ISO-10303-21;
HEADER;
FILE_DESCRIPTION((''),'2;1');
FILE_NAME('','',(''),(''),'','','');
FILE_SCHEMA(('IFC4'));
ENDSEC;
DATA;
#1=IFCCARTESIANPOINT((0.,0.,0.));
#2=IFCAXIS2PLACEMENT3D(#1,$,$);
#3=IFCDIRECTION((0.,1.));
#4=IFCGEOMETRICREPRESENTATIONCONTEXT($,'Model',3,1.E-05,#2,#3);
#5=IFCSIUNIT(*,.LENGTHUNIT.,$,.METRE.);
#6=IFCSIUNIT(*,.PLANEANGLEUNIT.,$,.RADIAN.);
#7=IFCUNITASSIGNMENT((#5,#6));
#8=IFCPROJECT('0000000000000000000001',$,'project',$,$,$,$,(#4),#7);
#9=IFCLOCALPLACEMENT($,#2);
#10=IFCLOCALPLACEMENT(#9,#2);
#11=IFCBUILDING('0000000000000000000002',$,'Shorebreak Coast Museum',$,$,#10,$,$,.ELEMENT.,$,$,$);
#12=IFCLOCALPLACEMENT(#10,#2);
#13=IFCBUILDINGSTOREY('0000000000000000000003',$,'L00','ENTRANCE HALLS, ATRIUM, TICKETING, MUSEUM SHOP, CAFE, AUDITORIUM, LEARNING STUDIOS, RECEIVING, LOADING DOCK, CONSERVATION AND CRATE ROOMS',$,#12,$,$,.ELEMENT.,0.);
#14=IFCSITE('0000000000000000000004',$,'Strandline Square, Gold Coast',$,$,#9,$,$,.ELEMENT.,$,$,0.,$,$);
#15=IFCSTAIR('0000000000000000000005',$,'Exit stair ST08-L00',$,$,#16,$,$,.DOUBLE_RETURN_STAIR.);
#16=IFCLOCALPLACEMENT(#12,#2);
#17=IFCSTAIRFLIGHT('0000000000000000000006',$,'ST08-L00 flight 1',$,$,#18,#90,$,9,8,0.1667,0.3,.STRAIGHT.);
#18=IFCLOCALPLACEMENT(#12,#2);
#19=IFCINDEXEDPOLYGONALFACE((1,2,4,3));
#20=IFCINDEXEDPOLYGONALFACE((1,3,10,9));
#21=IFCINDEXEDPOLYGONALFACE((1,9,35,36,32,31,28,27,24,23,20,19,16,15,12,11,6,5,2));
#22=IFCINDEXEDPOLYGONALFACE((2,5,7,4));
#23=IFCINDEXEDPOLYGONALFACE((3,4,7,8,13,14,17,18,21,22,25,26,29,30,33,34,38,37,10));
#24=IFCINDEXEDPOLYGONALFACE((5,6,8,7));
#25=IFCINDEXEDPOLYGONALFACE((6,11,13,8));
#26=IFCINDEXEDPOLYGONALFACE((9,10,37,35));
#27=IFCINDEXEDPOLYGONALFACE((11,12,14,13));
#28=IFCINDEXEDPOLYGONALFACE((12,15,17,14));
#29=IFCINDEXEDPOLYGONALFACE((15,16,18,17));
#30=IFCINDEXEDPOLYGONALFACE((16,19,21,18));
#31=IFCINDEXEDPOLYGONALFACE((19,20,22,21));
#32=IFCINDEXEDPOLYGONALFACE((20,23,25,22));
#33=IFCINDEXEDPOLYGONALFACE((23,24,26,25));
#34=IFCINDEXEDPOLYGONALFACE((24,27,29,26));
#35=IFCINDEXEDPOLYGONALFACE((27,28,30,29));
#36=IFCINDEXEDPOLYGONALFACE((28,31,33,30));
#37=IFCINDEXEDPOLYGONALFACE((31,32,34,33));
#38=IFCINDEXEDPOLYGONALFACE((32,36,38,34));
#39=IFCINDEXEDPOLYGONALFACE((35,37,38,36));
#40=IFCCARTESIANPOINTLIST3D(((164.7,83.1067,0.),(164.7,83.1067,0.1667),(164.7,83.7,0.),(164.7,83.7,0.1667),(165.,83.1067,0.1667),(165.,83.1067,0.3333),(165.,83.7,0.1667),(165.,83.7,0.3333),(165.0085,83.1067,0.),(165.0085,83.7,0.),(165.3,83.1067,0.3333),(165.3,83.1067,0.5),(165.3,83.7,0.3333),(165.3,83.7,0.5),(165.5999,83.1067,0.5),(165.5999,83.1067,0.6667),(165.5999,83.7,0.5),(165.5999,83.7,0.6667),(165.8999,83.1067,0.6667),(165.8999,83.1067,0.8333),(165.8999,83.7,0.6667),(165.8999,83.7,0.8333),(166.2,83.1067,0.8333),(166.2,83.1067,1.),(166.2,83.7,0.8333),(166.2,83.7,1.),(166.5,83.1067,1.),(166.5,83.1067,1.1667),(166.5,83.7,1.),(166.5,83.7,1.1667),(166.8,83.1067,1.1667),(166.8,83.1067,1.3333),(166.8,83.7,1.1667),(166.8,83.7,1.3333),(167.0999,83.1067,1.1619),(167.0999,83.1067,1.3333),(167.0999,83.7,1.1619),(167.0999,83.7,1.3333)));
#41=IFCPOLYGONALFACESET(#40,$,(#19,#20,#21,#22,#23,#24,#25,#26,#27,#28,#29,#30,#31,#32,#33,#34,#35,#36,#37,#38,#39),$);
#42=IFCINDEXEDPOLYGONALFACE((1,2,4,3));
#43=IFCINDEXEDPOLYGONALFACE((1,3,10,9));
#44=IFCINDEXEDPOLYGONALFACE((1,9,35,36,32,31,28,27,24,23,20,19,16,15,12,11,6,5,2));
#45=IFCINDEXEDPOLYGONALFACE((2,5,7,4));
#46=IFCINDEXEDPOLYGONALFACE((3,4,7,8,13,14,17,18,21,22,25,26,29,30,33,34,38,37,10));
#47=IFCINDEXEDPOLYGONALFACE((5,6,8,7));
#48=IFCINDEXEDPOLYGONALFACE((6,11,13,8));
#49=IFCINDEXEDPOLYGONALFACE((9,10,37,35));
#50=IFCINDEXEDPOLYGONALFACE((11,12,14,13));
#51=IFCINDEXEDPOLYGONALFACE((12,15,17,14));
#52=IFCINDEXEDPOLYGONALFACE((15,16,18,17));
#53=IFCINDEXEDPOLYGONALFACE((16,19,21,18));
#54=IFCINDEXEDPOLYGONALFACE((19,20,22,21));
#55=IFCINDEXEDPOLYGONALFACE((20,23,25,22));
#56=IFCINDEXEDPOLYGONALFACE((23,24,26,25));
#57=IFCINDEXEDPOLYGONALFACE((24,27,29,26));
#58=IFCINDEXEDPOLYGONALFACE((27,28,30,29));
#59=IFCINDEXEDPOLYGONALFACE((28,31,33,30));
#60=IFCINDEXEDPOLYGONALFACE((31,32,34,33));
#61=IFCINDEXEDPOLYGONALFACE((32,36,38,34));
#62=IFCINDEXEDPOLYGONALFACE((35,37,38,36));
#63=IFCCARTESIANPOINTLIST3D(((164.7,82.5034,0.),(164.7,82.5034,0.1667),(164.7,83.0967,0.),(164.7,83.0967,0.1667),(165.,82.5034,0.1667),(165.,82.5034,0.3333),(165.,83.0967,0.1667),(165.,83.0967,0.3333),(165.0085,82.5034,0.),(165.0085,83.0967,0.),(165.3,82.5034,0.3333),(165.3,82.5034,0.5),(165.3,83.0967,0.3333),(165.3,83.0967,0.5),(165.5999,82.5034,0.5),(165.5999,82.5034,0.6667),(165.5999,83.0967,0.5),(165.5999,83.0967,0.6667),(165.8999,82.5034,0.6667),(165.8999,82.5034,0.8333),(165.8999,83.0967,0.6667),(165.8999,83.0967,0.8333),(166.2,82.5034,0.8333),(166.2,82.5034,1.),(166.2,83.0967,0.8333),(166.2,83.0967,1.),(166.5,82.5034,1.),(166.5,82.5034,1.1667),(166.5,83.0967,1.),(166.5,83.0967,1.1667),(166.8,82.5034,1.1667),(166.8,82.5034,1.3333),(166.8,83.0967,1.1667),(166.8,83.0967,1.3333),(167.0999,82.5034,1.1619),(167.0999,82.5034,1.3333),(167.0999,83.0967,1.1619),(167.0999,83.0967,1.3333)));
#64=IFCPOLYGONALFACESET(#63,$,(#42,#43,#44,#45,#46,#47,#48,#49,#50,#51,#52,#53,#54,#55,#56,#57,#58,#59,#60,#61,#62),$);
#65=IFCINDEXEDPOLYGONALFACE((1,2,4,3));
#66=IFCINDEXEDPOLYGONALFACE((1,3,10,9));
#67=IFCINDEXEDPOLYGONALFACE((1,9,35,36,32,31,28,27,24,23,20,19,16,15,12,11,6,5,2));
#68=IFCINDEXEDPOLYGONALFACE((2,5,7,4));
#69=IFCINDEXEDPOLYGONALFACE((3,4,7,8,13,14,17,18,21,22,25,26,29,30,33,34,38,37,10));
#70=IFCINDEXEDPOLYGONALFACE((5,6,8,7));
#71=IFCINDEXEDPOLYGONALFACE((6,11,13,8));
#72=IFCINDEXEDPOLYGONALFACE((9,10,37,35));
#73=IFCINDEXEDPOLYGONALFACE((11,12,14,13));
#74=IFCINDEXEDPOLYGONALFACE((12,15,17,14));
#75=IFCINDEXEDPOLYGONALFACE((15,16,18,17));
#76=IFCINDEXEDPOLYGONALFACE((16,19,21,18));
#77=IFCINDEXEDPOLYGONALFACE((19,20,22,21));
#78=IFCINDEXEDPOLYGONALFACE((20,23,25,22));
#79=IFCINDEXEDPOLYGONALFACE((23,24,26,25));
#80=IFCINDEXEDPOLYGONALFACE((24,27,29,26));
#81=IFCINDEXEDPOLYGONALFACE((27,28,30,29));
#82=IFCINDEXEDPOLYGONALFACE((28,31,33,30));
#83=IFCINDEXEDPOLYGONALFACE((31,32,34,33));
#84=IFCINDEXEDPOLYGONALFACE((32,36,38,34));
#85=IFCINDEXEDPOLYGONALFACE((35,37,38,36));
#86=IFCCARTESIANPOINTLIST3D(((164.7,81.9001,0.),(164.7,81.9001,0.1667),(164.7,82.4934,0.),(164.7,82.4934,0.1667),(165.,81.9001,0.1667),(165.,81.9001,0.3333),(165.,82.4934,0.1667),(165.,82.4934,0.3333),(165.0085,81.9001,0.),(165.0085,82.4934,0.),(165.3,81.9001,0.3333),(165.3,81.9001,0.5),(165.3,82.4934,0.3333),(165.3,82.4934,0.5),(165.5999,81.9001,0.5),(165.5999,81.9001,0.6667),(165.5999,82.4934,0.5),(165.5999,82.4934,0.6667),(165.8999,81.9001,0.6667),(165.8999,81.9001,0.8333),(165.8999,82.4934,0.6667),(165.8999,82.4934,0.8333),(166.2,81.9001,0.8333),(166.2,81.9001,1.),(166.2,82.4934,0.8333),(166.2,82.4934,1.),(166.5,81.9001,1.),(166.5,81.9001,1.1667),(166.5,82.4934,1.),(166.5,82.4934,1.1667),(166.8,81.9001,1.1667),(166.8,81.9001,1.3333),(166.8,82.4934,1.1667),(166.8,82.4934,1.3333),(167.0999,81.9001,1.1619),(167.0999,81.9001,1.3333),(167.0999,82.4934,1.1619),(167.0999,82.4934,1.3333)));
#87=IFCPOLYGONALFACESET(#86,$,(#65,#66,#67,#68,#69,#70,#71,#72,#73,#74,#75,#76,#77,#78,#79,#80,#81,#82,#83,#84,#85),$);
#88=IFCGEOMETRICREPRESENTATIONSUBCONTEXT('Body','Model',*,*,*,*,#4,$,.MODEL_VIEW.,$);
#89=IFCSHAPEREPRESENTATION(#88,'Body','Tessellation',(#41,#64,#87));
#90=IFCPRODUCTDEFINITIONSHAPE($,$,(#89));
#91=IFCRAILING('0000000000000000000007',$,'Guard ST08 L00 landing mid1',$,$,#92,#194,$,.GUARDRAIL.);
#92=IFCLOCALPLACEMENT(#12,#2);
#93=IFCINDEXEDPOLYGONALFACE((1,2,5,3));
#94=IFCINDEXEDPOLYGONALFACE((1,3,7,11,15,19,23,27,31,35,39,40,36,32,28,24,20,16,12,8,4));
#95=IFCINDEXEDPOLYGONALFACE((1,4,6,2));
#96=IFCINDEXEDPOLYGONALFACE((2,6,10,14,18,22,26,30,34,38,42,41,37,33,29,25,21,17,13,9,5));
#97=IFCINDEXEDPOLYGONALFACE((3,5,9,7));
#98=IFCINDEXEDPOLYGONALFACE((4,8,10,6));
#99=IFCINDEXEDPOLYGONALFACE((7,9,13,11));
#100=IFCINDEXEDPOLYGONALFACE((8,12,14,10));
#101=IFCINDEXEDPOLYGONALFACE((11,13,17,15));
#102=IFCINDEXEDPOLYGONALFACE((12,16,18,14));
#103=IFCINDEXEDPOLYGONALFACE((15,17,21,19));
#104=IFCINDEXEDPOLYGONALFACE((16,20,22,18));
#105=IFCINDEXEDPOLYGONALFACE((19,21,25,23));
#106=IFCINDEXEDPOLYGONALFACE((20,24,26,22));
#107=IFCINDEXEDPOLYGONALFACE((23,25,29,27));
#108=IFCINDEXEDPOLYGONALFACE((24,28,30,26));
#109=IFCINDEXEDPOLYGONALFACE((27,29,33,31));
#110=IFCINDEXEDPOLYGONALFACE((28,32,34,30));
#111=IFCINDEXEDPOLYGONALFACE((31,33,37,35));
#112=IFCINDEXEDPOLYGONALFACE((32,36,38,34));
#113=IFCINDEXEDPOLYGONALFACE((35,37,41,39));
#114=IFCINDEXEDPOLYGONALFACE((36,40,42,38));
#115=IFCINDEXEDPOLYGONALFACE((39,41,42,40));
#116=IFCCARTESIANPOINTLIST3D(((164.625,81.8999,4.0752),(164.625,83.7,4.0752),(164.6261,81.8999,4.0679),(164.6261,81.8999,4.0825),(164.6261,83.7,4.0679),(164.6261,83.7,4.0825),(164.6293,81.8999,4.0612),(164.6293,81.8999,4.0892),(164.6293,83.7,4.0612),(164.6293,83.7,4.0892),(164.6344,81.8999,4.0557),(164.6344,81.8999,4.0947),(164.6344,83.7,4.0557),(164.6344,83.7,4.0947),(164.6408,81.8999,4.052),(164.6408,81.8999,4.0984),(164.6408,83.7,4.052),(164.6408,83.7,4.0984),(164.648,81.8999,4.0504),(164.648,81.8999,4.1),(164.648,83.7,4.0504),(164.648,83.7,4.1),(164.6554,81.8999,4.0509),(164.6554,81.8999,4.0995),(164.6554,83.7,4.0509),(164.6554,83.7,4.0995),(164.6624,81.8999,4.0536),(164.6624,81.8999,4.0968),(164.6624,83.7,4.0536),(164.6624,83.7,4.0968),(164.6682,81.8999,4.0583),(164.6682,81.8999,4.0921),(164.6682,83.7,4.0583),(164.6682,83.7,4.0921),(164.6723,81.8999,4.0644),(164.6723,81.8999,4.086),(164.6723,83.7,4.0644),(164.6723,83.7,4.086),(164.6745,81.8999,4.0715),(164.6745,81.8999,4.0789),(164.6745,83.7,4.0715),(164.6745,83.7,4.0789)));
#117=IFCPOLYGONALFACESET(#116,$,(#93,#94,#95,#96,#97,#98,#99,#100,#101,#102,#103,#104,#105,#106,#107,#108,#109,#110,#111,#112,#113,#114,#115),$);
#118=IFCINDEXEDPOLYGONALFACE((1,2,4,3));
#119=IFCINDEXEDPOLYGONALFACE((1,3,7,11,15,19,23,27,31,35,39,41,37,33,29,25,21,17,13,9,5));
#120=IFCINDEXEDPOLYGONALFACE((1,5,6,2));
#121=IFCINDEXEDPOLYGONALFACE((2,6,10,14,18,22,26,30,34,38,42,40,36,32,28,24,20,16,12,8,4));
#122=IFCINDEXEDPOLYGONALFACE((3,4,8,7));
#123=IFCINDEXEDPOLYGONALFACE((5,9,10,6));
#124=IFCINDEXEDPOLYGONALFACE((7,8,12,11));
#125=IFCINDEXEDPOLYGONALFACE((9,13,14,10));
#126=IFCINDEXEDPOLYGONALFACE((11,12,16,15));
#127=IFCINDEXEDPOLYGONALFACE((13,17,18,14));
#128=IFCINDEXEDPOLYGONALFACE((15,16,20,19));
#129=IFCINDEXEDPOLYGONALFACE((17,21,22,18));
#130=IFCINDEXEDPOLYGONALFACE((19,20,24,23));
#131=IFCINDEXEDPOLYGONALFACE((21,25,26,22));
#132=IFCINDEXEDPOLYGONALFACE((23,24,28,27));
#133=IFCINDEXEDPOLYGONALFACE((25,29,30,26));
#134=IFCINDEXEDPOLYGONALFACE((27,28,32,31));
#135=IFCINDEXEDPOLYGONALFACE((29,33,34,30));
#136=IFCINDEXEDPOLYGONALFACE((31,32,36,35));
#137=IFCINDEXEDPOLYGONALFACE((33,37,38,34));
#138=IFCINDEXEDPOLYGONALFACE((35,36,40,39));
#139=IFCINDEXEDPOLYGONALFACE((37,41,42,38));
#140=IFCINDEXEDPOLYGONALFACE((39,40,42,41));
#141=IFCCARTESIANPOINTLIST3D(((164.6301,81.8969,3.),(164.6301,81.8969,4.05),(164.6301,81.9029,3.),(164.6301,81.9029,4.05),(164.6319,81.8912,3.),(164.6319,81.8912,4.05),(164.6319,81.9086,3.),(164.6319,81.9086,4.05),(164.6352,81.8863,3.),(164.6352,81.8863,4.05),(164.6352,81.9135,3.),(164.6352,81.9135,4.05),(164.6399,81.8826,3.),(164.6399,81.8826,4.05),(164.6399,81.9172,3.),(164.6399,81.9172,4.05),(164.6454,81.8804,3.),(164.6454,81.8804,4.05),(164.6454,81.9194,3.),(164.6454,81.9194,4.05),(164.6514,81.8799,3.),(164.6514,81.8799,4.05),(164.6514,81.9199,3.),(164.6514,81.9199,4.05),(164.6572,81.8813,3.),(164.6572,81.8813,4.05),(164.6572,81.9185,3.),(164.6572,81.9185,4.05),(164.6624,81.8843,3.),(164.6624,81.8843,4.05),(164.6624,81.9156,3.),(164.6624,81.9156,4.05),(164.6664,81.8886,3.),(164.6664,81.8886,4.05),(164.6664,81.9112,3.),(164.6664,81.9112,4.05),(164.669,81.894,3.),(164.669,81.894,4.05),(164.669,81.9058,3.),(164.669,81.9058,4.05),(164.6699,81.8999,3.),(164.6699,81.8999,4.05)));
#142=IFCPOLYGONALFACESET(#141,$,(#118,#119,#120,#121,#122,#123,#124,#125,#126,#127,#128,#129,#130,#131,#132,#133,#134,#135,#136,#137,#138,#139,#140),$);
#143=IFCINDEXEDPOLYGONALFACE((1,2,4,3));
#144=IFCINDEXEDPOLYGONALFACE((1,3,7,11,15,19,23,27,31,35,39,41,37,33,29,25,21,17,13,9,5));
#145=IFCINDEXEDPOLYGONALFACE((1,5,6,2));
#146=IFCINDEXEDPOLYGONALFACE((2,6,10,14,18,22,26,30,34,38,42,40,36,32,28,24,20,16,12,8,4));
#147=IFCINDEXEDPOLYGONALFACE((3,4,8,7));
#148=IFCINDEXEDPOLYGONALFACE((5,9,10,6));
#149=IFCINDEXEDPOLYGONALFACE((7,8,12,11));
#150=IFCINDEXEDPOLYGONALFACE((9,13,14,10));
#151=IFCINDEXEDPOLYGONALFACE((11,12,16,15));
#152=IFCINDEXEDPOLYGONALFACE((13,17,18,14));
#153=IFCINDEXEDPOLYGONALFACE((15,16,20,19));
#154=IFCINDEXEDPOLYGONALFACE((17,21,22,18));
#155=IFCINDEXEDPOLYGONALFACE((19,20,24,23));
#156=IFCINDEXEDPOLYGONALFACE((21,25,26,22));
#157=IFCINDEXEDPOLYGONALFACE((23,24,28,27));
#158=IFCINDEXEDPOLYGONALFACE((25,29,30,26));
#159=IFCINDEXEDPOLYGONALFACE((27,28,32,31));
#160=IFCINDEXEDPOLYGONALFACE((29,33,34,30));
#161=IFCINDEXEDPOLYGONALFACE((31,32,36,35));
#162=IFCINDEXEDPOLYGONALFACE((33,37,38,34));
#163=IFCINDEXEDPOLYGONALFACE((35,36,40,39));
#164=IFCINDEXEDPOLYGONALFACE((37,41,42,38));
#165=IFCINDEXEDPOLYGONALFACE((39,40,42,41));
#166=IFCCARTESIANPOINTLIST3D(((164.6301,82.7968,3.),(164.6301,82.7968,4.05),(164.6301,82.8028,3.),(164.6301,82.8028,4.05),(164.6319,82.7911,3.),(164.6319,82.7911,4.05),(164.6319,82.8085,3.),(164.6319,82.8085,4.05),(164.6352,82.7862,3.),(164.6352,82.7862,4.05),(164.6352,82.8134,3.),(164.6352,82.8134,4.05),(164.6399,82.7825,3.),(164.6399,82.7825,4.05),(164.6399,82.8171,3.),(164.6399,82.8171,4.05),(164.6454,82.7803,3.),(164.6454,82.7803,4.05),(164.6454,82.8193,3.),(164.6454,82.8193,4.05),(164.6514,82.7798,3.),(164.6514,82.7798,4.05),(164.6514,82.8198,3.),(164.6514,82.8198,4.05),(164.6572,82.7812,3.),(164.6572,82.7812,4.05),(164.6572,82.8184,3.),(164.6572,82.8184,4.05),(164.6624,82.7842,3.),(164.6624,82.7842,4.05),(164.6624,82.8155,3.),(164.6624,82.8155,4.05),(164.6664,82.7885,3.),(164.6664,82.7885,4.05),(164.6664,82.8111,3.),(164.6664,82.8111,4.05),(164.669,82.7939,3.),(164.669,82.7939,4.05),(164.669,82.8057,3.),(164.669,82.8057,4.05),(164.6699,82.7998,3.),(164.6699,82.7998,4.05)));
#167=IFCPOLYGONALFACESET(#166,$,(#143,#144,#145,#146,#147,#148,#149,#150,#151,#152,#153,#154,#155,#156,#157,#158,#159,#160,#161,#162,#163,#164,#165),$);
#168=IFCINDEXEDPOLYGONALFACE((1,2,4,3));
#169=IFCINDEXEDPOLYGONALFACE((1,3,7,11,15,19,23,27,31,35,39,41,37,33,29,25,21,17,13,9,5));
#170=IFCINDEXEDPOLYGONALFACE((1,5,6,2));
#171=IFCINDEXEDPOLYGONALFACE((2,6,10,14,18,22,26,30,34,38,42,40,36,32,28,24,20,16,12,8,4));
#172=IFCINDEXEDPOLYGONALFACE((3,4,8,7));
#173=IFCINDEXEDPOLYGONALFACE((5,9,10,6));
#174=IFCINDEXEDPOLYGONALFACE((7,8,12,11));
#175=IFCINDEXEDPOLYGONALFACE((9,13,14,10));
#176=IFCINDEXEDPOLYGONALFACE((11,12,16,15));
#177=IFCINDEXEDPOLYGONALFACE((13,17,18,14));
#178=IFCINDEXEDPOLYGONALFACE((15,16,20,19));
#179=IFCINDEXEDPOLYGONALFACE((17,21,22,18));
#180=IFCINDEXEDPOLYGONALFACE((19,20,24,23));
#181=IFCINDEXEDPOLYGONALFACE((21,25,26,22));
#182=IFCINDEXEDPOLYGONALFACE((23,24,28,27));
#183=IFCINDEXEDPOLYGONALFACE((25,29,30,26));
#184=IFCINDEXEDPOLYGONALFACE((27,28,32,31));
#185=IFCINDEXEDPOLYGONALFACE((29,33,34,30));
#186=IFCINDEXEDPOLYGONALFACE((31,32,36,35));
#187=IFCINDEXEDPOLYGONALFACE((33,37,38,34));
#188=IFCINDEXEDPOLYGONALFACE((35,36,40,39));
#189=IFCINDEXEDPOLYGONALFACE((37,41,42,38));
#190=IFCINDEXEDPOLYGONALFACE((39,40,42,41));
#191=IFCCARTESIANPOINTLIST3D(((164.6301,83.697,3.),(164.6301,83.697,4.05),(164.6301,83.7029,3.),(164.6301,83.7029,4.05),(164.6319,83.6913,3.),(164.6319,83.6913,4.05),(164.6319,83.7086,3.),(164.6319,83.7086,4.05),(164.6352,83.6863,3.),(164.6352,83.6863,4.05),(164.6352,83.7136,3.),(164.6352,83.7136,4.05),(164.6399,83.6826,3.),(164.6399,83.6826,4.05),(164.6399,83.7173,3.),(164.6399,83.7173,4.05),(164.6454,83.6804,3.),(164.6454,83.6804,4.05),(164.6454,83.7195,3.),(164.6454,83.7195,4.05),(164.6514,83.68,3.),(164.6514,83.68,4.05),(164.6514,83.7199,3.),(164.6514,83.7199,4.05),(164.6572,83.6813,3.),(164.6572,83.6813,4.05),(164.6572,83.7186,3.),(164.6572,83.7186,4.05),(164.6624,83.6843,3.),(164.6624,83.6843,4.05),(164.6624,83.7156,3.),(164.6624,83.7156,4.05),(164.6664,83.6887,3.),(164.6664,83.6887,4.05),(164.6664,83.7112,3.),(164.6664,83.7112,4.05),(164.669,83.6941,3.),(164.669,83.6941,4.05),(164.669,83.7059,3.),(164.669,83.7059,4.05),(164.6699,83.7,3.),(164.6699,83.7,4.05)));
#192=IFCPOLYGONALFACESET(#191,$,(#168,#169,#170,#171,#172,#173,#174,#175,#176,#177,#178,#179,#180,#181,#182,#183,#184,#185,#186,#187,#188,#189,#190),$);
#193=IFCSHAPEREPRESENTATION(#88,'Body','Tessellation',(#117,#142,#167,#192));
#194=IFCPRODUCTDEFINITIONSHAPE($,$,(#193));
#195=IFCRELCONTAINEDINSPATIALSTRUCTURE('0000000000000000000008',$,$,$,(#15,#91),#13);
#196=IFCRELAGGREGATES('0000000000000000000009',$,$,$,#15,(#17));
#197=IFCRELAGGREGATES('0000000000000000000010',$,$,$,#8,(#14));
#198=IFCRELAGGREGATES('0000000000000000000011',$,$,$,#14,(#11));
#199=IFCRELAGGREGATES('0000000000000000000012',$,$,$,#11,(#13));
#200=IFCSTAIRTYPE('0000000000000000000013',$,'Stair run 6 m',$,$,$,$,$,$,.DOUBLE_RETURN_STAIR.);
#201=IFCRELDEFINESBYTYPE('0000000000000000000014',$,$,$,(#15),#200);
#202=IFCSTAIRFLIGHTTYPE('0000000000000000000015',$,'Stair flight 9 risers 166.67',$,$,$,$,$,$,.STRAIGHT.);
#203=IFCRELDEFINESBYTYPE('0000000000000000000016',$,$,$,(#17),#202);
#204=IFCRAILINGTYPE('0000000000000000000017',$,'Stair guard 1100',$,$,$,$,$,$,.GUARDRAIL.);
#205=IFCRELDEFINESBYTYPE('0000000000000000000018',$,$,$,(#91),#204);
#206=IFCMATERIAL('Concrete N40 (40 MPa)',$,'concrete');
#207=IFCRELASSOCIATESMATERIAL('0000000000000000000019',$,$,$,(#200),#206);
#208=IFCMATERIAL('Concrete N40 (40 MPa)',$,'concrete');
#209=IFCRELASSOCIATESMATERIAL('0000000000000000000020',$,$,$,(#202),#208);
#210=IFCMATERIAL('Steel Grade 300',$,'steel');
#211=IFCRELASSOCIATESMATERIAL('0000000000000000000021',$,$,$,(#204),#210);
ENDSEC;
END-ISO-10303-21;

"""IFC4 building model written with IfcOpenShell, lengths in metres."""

from ifc_helpers import new_model, si_unit, direction, frame, origin, origin_2d, place, context, subcontext, project, spatial, polyline, circle, outline, extrude, material, type_object, element, aggregate, save


model = new_model("IFC4")

# Units and contexts
model_context = context("Model", 3, precision=1e-05, world=origin(), true_north=direction((0.0, 1.0)))
body_context = subcontext(model_context, "Body", "Model", "MODEL_VIEW")
ifc_project = project(units=[si_unit("LENGTHUNIT", "METRE"), si_unit("PLANEANGLEUNIT", "RADIAN")], contexts=[model_context])

# Site, building, storey
site_placement = place(None, origin())
site = spatial("IfcSite", under=ifc_project, at=site_placement, Name="Strandline Square, Gold Coast", CompositionType="ELEMENT", RefElevation=0.0)
building_placement = place(site_placement, origin())
building = spatial("IfcBuilding", under=site, at=building_placement, Name="Shorebreak Coast Museum", CompositionType="ELEMENT")
storey_placement = place(building_placement, origin())
storey = spatial("IfcBuildingStorey", under=building, at=storey_placement, Name="L00", Description="ENTRANCE HALLS, ATRIUM, TICKETING, MUSEUM SHOP, CAFE, AUDITORIUM, LEARNING STUDIOS, RECEIVING, LOADING DOCK, CONSERVATION AND CRATE ROOMS", CompositionType="ELEMENT", Elevation=0.0)

# Stair, stair flight
ifc_material_1 = material(Name="Concrete N40 (40 MPa)", Category="concrete")
stair_type = type_object("IfcStairType", Name="Stair run 6 m", PredefinedType="DOUBLE_RETURN_STAIR", material=ifc_material_1)
stair_placement = place(storey_placement, origin())
stair = element("IfcStair", 1, at=stair_placement, inside=storey, type_object=stair_type, Name="Exit stair ST08-L00", PredefinedType="DOUBLE_RETURN_STAIR")
ifc_material_2 = material(Name="Concrete N40 (40 MPa)", Category="concrete")
stair_flight_type = type_object("IfcStairFlightType", Name="Stair flight 9 risers 166.67", PredefinedType="STRAIGHT", material=ifc_material_2)
stair_flight_placement = place(storey_placement, frame((164.7, 82.8, 0.0), z_axis=(0.0, 0.0, 1.0), x_axis=(1.0, 0.0, 0.0)))
stair_flight = element("IfcStairFlight", 2, at=stair_flight_placement, type_object=stair_flight_type, Name="ST08-L00 flight 1", NumberOfRisers=9, NumberOfTreads=8, PredefinedType="STRAIGHT", RiserHeight=0.1667, TreadLength=0.3, context=body_context, shape_type="SweptSolid", body=[
    extrude(outline(polyline([(0.0, 0.0), (0.0, 0.1667), (0.3, 0.1667), (0.3, 0.3333), (0.6001, 0.3333), (0.6001, 0.5), (0.8999, 0.5), (0.8999, 0.6667), (1.2, 0.6667), (1.2, 0.8333), (1.5, 0.8333), (1.5, 1.0), (1.8, 1.0), (1.8, 1.1667), (2.1001, 1.1667), (2.1001, 1.3333), (2.3999, 1.3333), (2.3999, 1.5), (2.3999, 1.1619), (0.3086, 0.0), (0.0, 0.0)])), frame((0.0, 0.8999, 0.0), z_axis=(0.0, -1.0, 0.0), x_axis=(1.0, 0.0, 0.0)), (0.0, 0.0, 1.0), 0.5933),
    extrude(outline(polyline([(0.0, 0.0), (0.0, 0.1667), (0.3, 0.1667), (0.3, 0.3333), (0.6001, 0.3333), (0.6001, 0.5), (0.8999, 0.5), (0.8999, 0.6667), (1.2, 0.6667), (1.2, 0.8333), (1.5, 0.8333), (1.5, 1.0), (1.8, 1.0), (1.8, 1.1667), (2.1001, 1.1667), (2.1001, 1.3333), (2.3999, 1.3333), (2.3999, 1.5), (2.3999, 1.1619), (0.3086, 0.0), (0.0, 0.0)])), frame((0.0, 0.2966, 0.0), z_axis=(0.0, -1.0, 0.0), x_axis=(1.0, 0.0, 0.0)), (0.0, 0.0, 1.0), 0.5933),
    extrude(outline(polyline([(0.0, 0.0), (0.0, 0.1667), (0.3, 0.1667), (0.3, 0.3333), (0.6001, 0.3333), (0.6001, 0.5), (0.8999, 0.5), (0.8999, 0.6667), (1.2, 0.6667), (1.2, 0.8333), (1.5, 0.8333), (1.5, 1.0), (1.8, 1.0), (1.8, 1.1667), (2.1001, 1.1667), (2.1001, 1.3333), (2.3999, 1.3333), (2.3999, 1.5), (2.3999, 1.1619), (0.3086, 0.0), (0.0, 0.0)])), frame((0.0, -0.3066, 0.0), z_axis=(0.0, -1.0, 0.0), x_axis=(1.0, 0.0, 0.0)), (0.0, 0.0, 1.0), 0.5933),
])
aggregate(stair, [stair_flight])

# Railing
ifc_material_3 = material(Name="Steel Grade 300", Category="steel")
railing_type_1 = type_object("IfcRailingType", Name="Stair guard 1100", PredefinedType="GUARDRAIL", material=ifc_material_3)
for number, where, name in (
    (3, (164.6499, 81.8999, 3.0), "Guard ST08 L00 landing mid1"),
):
    element("IfcRailing", number, at=place(storey_placement, frame(where)), inside=storey, type_object=railing_type_1, Name=name, PredefinedType="GUARDRAIL", context=body_context, shape_type="SweptSolid", body=[
        extrude(circle(Radius=0.0249, at=origin_2d()), frame((0.0, 0.0, 1.0752), z_axis=(0.0, 1.0, 0.0), x_axis=(-1.0, 0.0, 0.0)), (0.0, 0.0, 1.0), 1.8),
        extrude(circle(Radius=0.02, at=origin_2d()), origin(), (0.0, 0.0, 1.0), 1.05),
        extrude(circle(Radius=0.02, at=origin_2d()), frame((0.0, 0.8999, 0.0)), (0.0, 0.0, 1.0), 1.05),
        extrude(circle(Radius=0.02, at=origin_2d()), frame((0.0, 1.8, 0.0)), (0.0, 0.0, 1.0), 1.05),
    ])

save(model, "model.ifc")
